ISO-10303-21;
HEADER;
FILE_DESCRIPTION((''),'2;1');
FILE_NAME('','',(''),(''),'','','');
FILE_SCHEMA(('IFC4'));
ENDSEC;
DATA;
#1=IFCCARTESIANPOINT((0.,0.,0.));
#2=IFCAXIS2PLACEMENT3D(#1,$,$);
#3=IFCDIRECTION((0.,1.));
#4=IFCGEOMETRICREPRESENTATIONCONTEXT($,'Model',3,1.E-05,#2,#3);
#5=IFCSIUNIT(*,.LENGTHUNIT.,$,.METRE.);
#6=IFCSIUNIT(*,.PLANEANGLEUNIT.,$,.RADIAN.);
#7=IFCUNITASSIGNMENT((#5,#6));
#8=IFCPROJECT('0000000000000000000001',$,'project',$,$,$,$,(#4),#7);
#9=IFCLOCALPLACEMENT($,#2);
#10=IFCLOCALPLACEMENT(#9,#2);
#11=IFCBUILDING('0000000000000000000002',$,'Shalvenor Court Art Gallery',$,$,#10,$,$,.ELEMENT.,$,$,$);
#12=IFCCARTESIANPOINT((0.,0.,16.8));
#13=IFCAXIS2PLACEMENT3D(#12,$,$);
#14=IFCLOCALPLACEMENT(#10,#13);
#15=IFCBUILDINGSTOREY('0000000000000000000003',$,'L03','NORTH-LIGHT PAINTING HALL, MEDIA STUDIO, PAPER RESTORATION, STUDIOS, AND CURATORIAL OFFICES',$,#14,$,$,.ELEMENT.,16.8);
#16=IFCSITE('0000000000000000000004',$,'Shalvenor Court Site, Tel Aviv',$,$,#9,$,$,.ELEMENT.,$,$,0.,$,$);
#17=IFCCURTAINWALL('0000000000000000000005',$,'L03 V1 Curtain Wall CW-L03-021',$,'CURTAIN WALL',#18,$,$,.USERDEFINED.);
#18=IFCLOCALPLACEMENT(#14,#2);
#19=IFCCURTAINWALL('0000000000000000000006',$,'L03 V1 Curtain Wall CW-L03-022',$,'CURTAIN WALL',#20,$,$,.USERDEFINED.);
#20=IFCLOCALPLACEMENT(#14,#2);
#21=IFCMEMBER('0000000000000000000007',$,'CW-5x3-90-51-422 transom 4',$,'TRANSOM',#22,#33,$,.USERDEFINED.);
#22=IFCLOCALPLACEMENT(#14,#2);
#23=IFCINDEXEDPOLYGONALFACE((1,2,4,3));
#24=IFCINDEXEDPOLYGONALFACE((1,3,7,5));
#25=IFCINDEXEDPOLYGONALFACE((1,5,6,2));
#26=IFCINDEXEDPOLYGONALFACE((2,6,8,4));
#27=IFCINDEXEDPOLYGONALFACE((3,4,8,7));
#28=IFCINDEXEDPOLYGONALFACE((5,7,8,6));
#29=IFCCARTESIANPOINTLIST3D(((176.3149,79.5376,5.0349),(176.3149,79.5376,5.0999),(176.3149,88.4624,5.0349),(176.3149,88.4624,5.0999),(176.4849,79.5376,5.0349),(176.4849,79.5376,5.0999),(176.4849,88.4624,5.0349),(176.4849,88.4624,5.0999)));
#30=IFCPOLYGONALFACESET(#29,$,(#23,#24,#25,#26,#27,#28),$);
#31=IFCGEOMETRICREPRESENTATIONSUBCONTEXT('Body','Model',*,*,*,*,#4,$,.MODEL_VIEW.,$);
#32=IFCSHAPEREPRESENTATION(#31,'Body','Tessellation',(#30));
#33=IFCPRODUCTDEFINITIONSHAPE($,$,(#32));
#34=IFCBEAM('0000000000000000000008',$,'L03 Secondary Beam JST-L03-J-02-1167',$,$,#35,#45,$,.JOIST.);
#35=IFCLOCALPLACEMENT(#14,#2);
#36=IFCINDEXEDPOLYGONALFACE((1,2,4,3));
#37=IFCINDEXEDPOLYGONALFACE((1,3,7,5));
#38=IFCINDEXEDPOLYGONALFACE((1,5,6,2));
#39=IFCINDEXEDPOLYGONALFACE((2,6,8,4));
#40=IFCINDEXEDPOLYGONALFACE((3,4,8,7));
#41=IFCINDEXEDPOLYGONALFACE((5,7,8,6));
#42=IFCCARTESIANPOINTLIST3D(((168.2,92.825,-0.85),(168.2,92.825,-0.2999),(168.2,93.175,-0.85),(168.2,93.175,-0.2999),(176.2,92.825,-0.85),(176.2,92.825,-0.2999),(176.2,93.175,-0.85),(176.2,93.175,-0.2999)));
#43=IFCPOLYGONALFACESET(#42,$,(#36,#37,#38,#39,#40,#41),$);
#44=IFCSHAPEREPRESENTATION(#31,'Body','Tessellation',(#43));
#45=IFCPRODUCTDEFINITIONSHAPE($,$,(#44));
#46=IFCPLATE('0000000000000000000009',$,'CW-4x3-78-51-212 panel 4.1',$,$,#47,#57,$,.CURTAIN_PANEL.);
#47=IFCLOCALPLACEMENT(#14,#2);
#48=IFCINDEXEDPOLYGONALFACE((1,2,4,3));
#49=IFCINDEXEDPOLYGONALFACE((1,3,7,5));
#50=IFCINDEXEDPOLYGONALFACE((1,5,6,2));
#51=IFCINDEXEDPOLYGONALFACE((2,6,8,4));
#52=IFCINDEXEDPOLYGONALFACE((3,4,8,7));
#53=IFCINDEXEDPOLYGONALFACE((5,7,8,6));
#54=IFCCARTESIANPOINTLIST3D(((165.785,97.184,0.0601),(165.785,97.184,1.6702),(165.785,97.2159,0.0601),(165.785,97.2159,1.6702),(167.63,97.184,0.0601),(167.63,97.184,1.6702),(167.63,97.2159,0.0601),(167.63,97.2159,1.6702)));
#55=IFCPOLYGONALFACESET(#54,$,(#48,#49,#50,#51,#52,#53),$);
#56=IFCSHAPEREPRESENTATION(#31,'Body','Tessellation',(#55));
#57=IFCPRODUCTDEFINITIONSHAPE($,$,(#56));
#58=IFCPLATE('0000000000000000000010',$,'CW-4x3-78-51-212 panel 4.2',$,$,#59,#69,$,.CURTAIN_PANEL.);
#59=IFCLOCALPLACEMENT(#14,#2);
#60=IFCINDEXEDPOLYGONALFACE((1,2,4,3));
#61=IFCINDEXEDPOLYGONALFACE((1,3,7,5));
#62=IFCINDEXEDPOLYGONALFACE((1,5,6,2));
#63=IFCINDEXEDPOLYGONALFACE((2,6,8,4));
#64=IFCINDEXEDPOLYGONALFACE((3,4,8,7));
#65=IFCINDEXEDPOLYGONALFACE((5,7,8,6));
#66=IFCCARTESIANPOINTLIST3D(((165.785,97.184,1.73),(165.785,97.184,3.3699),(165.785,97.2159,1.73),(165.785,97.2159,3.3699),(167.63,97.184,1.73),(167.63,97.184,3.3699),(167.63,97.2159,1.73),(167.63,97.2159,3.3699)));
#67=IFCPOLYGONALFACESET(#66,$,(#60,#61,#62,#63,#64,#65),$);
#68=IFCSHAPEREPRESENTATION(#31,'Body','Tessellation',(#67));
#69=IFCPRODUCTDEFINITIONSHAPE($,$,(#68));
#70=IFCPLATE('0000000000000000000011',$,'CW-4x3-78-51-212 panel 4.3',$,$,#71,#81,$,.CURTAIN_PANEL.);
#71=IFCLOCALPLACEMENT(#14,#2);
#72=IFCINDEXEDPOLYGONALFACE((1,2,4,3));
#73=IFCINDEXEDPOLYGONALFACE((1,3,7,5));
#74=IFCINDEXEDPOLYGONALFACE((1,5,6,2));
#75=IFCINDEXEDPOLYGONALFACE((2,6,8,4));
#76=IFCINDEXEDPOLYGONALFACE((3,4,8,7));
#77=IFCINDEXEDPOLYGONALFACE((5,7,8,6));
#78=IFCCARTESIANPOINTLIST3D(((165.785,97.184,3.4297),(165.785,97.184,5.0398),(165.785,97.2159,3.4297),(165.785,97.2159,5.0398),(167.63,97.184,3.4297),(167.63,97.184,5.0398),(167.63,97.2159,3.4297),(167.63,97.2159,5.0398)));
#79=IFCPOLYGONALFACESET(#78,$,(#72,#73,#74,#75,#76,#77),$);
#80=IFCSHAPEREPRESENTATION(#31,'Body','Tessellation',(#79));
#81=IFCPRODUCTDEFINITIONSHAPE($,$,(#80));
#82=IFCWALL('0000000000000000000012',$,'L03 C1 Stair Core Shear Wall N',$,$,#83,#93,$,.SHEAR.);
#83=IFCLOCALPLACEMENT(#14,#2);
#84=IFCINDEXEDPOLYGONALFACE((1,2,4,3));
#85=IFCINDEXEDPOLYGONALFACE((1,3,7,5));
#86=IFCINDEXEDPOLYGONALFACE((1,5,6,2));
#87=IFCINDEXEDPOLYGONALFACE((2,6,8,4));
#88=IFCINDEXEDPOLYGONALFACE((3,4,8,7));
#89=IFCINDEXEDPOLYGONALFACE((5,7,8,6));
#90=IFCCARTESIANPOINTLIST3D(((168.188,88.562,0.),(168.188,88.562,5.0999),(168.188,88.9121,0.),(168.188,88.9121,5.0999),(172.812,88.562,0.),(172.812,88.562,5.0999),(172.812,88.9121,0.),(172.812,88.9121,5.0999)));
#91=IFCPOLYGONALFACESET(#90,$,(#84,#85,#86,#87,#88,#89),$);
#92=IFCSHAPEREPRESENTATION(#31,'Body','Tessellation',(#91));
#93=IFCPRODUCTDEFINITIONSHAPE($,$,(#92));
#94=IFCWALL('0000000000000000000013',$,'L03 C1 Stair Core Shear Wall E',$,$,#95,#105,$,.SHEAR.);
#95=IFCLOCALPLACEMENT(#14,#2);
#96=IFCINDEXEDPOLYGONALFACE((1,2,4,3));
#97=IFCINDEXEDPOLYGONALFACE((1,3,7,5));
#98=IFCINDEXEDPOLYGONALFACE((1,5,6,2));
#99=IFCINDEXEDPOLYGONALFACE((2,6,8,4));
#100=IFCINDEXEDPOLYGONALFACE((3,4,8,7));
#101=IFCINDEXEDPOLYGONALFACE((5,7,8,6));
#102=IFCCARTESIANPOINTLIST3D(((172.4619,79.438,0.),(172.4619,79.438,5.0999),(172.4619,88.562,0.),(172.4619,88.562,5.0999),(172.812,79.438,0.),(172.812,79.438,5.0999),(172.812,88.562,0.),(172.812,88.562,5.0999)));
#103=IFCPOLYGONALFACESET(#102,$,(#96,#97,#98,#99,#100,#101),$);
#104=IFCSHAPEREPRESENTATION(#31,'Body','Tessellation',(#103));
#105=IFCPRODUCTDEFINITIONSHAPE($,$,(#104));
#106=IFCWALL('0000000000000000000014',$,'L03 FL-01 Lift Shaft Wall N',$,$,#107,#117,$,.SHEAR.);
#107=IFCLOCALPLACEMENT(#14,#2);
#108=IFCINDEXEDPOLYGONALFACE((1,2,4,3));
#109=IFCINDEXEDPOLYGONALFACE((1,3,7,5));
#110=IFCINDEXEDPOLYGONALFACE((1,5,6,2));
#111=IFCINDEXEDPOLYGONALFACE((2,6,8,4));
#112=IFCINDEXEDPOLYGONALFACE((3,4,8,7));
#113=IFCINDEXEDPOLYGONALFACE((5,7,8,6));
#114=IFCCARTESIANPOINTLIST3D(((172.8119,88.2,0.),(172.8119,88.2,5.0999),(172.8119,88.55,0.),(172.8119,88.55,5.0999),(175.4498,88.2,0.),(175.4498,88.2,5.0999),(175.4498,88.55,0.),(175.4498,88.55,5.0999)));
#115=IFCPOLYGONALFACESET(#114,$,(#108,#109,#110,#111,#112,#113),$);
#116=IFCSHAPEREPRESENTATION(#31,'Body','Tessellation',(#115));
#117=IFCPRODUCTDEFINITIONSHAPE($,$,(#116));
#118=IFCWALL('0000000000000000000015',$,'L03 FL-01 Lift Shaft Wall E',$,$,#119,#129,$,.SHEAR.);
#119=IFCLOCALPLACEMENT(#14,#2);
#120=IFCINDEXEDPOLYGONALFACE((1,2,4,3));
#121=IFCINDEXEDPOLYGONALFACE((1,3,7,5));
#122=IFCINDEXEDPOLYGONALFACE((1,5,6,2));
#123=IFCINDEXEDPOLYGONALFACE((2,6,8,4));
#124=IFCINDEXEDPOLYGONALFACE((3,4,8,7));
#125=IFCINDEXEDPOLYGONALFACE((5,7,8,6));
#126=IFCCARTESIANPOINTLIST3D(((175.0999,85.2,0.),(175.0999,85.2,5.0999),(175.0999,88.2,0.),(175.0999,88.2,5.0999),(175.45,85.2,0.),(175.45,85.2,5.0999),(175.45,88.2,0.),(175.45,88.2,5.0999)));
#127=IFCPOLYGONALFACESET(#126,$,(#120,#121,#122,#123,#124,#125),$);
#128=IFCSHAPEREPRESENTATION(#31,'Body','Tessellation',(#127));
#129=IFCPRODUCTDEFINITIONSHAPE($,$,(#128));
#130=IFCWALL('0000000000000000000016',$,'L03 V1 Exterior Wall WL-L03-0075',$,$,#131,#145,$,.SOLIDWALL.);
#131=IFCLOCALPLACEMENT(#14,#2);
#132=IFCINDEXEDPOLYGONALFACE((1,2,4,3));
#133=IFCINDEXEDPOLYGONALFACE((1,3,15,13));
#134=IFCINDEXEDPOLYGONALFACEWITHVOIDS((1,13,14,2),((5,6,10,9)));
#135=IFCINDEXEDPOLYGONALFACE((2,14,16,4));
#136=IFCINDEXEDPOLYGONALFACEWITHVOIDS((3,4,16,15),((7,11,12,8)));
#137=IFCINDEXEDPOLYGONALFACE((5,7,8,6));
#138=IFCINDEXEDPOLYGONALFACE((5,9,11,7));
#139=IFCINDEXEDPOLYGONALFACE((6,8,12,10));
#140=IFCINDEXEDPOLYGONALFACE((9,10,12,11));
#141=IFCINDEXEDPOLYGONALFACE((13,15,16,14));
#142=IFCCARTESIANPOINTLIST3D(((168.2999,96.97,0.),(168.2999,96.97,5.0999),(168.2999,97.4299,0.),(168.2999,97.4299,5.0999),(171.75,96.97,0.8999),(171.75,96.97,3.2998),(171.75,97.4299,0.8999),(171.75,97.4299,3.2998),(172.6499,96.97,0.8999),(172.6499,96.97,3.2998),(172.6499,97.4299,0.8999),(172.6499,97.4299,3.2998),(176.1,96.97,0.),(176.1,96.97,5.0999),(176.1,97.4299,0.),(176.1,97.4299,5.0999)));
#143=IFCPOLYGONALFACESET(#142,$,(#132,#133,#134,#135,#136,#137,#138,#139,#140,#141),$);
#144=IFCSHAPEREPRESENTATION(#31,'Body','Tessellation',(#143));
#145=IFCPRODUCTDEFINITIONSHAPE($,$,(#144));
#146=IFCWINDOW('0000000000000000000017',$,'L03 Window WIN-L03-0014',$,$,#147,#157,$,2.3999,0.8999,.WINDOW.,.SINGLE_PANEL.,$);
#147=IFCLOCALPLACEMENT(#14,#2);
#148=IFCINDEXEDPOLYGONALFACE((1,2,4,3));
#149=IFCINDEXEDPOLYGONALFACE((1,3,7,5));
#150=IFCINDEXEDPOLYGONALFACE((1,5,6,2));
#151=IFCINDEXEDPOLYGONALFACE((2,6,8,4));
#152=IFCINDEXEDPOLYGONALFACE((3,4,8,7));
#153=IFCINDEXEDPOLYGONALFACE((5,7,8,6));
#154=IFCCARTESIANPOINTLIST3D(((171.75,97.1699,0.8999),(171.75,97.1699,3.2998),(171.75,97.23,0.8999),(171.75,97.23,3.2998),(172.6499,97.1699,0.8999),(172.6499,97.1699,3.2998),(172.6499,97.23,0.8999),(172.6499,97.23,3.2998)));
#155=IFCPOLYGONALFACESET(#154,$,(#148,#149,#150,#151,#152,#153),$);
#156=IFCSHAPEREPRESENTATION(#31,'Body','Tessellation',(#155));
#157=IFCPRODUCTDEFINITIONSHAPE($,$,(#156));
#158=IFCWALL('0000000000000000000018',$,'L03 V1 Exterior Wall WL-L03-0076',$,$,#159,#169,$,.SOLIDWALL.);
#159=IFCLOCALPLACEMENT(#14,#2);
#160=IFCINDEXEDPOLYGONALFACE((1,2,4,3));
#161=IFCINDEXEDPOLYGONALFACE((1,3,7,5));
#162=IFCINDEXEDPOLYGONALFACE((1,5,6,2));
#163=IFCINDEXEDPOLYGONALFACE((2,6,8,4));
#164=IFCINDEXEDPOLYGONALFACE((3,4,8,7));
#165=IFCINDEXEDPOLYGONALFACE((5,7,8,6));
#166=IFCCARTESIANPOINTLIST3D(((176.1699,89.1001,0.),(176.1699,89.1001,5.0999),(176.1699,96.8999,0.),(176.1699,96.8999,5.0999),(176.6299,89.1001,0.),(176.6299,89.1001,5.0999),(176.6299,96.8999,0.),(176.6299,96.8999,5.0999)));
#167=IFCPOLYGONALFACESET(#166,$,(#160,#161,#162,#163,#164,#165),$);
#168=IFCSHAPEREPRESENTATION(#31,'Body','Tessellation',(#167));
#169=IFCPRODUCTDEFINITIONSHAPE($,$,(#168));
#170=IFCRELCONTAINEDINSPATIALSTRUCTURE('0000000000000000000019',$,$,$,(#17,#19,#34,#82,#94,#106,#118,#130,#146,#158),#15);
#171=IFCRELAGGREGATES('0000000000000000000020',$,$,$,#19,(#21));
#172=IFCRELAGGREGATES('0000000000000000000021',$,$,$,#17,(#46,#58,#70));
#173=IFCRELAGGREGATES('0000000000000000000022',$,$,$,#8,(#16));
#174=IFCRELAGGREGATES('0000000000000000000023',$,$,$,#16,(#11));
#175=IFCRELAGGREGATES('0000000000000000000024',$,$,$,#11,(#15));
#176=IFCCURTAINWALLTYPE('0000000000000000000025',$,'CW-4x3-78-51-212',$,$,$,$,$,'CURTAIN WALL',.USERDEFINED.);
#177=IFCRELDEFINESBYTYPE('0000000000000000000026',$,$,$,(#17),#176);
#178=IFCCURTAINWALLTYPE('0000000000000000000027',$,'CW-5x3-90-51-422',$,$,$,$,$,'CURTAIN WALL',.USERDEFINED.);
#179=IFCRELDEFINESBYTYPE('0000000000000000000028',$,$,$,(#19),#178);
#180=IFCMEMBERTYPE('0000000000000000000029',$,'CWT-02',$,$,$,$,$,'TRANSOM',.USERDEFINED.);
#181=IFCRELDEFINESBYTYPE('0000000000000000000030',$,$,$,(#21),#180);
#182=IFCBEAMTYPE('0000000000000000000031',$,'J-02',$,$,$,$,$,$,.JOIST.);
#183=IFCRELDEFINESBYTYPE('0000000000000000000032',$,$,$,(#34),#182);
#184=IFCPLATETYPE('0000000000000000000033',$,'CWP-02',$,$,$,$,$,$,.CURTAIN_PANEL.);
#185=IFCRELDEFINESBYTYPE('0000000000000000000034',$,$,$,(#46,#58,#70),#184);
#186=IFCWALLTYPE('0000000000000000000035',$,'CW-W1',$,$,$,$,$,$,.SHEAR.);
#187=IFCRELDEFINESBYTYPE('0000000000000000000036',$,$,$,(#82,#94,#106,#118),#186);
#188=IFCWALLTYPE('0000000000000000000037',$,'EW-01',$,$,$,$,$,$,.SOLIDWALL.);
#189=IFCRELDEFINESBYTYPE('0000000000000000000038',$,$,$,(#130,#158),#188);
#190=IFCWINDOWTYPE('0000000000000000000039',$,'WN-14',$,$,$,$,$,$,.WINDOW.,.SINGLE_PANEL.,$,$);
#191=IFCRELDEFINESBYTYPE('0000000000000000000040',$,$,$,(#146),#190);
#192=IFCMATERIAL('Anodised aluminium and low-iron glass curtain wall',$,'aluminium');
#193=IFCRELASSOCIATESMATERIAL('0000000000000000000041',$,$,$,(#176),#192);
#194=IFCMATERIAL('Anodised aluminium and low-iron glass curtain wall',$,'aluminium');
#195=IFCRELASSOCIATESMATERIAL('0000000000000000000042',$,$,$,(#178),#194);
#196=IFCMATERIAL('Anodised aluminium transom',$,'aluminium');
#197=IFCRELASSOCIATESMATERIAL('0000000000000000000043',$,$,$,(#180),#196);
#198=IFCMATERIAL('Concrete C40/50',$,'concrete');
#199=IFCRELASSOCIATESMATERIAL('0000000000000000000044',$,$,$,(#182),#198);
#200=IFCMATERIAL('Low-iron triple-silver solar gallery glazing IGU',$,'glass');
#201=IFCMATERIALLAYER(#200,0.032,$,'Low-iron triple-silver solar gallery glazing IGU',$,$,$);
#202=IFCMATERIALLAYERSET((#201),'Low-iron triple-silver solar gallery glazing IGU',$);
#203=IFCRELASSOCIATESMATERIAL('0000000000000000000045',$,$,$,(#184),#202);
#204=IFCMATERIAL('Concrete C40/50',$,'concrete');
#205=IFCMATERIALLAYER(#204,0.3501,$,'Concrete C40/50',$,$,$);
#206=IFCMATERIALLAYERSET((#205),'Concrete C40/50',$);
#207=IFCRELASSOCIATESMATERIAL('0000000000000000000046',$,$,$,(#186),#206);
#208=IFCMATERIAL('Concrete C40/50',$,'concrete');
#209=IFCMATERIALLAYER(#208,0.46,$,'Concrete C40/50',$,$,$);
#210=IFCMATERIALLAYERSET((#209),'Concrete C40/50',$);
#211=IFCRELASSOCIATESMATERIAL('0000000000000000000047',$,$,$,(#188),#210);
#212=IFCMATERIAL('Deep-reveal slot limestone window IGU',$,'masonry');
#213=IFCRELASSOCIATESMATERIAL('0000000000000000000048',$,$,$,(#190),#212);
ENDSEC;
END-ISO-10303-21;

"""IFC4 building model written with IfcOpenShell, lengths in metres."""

from ifc_helpers import new_model, si_unit, direction, frame, frame_2d, origin, origin_2d, place, context, subcontext, project, spatial, rectangle, extrude, material, layer, layer_set, material_profile, profile_set, type_object, element, fill, aggregate, save


model = new_model("IFC4")

# Units and contexts
model_context = context("Model", 3, precision=1e-05, world=origin(), true_north=direction((0.0, 1.0)))
body_context = subcontext(model_context, "Body", "Model", "MODEL_VIEW")
ifc_project = project(units=[si_unit("LENGTHUNIT", "METRE"), si_unit("PLANEANGLEUNIT", "RADIAN")], contexts=[model_context])

# Site, building, storey
site_placement = place(None, origin())
site = spatial("IfcSite", under=ifc_project, at=site_placement, Name="Shalvenor Court Site, Tel Aviv", CompositionType="ELEMENT", RefElevation=0.0)
building_placement = place(site_placement, origin())
building = spatial("IfcBuilding", under=site, at=building_placement, Name="Shalvenor Court Art Gallery", CompositionType="ELEMENT")
storey_placement = place(building_placement, frame((0.0, 0.0, 16.8)))
storey = spatial("IfcBuildingStorey", under=building, at=storey_placement, Name="L03", Description="NORTH-LIGHT PAINTING HALL, MEDIA STUDIO, PAPER RESTORATION, STUDIOS, AND CURATORIAL OFFICES", CompositionType="ELEMENT", Elevation=16.8)

# Curtain walls, member
ifc_material_1 = material(Name="Anodised aluminium and low-iron glass curtain wall", Category="aluminium")
curtain_wall_type_1 = type_object("IfcCurtainWallType", Name="CW-4x3-78-51-212", ElementType="CURTAIN WALL", PredefinedType="USERDEFINED", material=ifc_material_1)
curtain_wall_1_placement = place(storey_placement, origin())
curtain_wall_1 = element("IfcCurtainWall", 1, at=curtain_wall_1_placement, inside=storey, type_object=curtain_wall_type_1, Name="L03 V1 Curtain Wall CW-L03-021", ObjectType="CURTAIN WALL", PredefinedType="USERDEFINED")
ifc_material_2 = material(Name="Anodised aluminium and low-iron glass curtain wall", Category="aluminium")
curtain_wall_type_2 = type_object("IfcCurtainWallType", Name="CW-5x3-90-51-422", ElementType="CURTAIN WALL", PredefinedType="USERDEFINED", material=ifc_material_2)
curtain_wall_2_placement = place(storey_placement, origin())
curtain_wall_2 = element("IfcCurtainWall", 2, at=curtain_wall_2_placement, inside=storey, type_object=curtain_wall_type_2, Name="L03 V1 Curtain Wall CW-L03-022", ObjectType="CURTAIN WALL", PredefinedType="USERDEFINED")
ifc_material_3 = material(Name="Anodised aluminium transom", Category="aluminium")
ifc_material_profile_1 = material_profile(ifc_material_3, rectangle(XDim=0.1699, YDim=0.0649, at=origin_2d()), Name="CWT-02")
ifc_profile_set_1 = profile_set([ifc_material_profile_1], Name="Anodised aluminium transom")
member_type_1 = type_object("IfcMemberType", Name="CWT-02", ElementType="TRANSOM", PredefinedType="USERDEFINED", material=ifc_profile_set_1)
member_1_placement = place(storey_placement, frame((176.3999, 88.4624, 5.0674), z_axis=(0.0, -1.0, 0.0), x_axis=(1.0, 0.0, 0.0)))
member_1 = element("IfcMember", 3, at=member_1_placement, type_object=member_type_1, Name="CW-5x3-90-51-422 transom 4", ObjectType="TRANSOM", PredefinedType="USERDEFINED", context=body_context, shape_type="SweptSolid", body=[
    extrude(rectangle(XDim=0.1699, YDim=0.0649, at=origin_2d()), origin(), (0.0, 0.0, 1.0), 8.9248),
])
aggregate(curtain_wall_2, [member_1])

# Beam
ifc_material_4 = material(Name="Concrete C40/50", Category="concrete")
ifc_material_profile_2 = material_profile(ifc_material_4, rectangle(XDim=0.3501, YDim=0.55, at=origin_2d()), Name="RC 350x550")
ifc_profile_set_2 = profile_set([ifc_material_profile_2], Name="Concrete C40/50")
beam_type_1 = type_object("IfcBeamType", Name="J-02", PredefinedType="JOIST", material=ifc_profile_set_2)
beam_placement = place(storey_placement, frame((168.2, 93.0, -0.575), z_axis=(1.0, 0.0, 0.0), x_axis=(0.0, 1.0, 0.0)))
element("IfcBeam", 4, at=beam_placement, inside=storey, type_object=beam_type_1, Name="L03 Secondary Beam JST-L03-J-02-1167", PredefinedType="JOIST", context=body_context, shape_type="SweptSolid", body=[
    extrude(rectangle(XDim=0.3501, YDim=0.55, at=origin_2d()), origin(), (0.0, 0.0, 1.0), 8.0),
])

# Plates
ifc_material_5 = material(Name="Low-iron triple-silver solar gallery glazing IGU", Category="glass")
ifc_layer_1 = layer(ifc_material_5, 0.032, Name="Low-iron triple-silver solar gallery glazing IGU")
ifc_layer_set_1 = layer_set([ifc_layer_1], Name="Low-iron triple-silver solar gallery glazing IGU")
plate_type = type_object("IfcPlateType", Name="CWP-02", PredefinedType="CURTAIN_PANEL", material=ifc_layer_set_1)
plate_1_placement = place(storey_placement, frame((166.7075, 97.2, 0.0601), z_axis=(0.0, 0.0, 1.0), x_axis=(1.0, 0.0, 0.0)))
plate_1 = element("IfcPlate", 5, at=plate_1_placement, type_object=plate_type, Name="CW-4x3-78-51-212 panel 4.1", PredefinedType="CURTAIN_PANEL", context=body_context, shape_type="SweptSolid", body=[
    extrude(rectangle(XDim=1.845, YDim=0.032, at=origin_2d()), origin(), (0.0, 0.0, 1.0), 1.6101),
])
plate_2_placement = place(storey_placement, frame((166.7075, 97.2, 1.73), z_axis=(0.0, 0.0, 1.0), x_axis=(1.0, 0.0, 0.0)))
plate_2 = element("IfcPlate", 6, at=plate_2_placement, type_object=plate_type, Name="CW-4x3-78-51-212 panel 4.2", PredefinedType="CURTAIN_PANEL", context=body_context, shape_type="SweptSolid", body=[
    extrude(rectangle(XDim=1.845, YDim=0.032, at=origin_2d()), origin(), (0.0, 0.0, 1.0), 1.6399),
])
plate_3_placement = place(storey_placement, frame((166.7075, 97.2, 3.4297), z_axis=(0.0, 0.0, 1.0), x_axis=(1.0, 0.0, 0.0)))
plate_3 = element("IfcPlate", 7, at=plate_3_placement, type_object=plate_type, Name="CW-4x3-78-51-212 panel 4.3", PredefinedType="CURTAIN_PANEL", context=body_context, shape_type="SweptSolid", body=[
    extrude(rectangle(XDim=1.845, YDim=0.032, at=origin_2d()), origin(), (0.0, 0.0, 1.0), 1.6101),
])
aggregate(curtain_wall_1, [plate_1, plate_2, plate_3])

# Walls
ifc_material_6 = material(Name="Concrete C40/50", Category="concrete")
ifc_layer_2 = layer(ifc_material_6, 0.3501, Name="Concrete C40/50")
ifc_layer_set_2 = layer_set([ifc_layer_2], Name="Concrete C40/50")
wall_type_1 = type_object("IfcWallType", Name="CW-W1", PredefinedType="SHEAR", material=ifc_layer_set_2)
wall_1_placement = place(storey_placement, frame((168.188, 88.7371, 0.0), z_axis=(0.0, 0.0, 1.0), x_axis=(1.0, 0.0, 0.0)))
element("IfcWall", 8, at=wall_1_placement, inside=storey, type_object=wall_type_1, Name="L03 C1 Stair Core Shear Wall N", PredefinedType="SHEAR", context=body_context, shape_type="SweptSolid", body=[
    extrude(rectangle(XDim=4.624, YDim=0.3501, at=frame_2d((2.312, 0.0))), origin(), (0.0, 0.0, 1.0), 5.0999),
])
wall_2_placement = place(storey_placement, frame((172.637, 88.562, 0.0), z_axis=(0.0, 0.0, 1.0), x_axis=(0.0, -1.0, 0.0)))
element("IfcWall", 9, at=wall_2_placement, inside=storey, type_object=wall_type_1, Name="L03 C1 Stair Core Shear Wall E", PredefinedType="SHEAR", context=body_context, shape_type="SweptSolid", body=[
    extrude(rectangle(XDim=9.124, YDim=0.3501, at=frame_2d((4.562, 0.0))), origin(), (0.0, 0.0, 1.0), 5.0999),
])
wall_3_placement = place(storey_placement, frame((172.812, 88.375, 0.0), z_axis=(0.0, 0.0, 1.0), x_axis=(1.0, 0.0, 0.0)))
element("IfcWall", 10, at=wall_3_placement, inside=storey, type_object=wall_type_1, Name="L03 FL-01 Lift Shaft Wall N", PredefinedType="SHEAR", context=body_context, shape_type="SweptSolid", body=[
    extrude(rectangle(XDim=2.6379, YDim=0.3501, at=frame_2d((1.3188, 0.0))), origin(), (0.0, 0.0, 1.0), 5.0999),
])
wall_4_placement = place(storey_placement, frame((175.2749, 88.2, 0.0), z_axis=(0.0, 0.0, 1.0), x_axis=(0.0, -1.0, 0.0)))
element("IfcWall", 11, at=wall_4_placement, inside=storey, type_object=wall_type_1, Name="L03 FL-01 Lift Shaft Wall E", PredefinedType="SHEAR", context=body_context, shape_type="SweptSolid", body=[
    extrude(rectangle(XDim=3.0, YDim=0.3501, at=frame_2d((1.5, 0.0))), origin(), (0.0, 0.0, 1.0), 5.0999),
])

# Wall, opening, window
ifc_material_7 = material(Name="Concrete C40/50", Category="concrete")
ifc_layer_3 = layer(ifc_material_7, 0.46, Name="Concrete C40/50")
ifc_layer_set_3 = layer_set([ifc_layer_3], Name="Concrete C40/50")
wall_type_2 = type_object("IfcWallType", Name="EW-01", PredefinedType="SOLIDWALL", material=ifc_layer_set_3)
wall_5_placement = place(storey_placement, frame((168.3, 97.2, 0.0), z_axis=(0.0, 0.0, 1.0), x_axis=(1.0, 0.0, 0.0)))
wall_5 = element("IfcWall", 12, at=wall_5_placement, inside=storey, type_object=wall_type_2, Name="L03 V1 Exterior Wall WL-L03-0075", PredefinedType="SOLIDWALL", context=body_context, shape_type="SweptSolid", body=[
    extrude(rectangle(XDim=7.8, YDim=0.46, at=frame_2d((3.8999, 0.0))), origin(), (0.0, 0.0, 1.0), 5.0999),
])
opening_1_placement = place(wall_5_placement, frame((3.45, 0.0, 0.8999)))
opening_1 = element("IfcOpeningElement", 13, at=opening_1_placement, cuts=wall_5, PredefinedType="OPENING", context=body_context, shape_type="SweptSolid", body=[
    extrude(rectangle(XDim=0.8999, YDim=2.3999, at=frame_2d((0.45, 1.2))), frame((0.0, 0.24, 0.0), z_axis=(0.0, -1.0, 0.0), x_axis=(1.0, 0.0, 0.0)), (0.0, 0.0, 1.0), 0.48),
])
ifc_material_8 = material(Name="Deep-reveal slot limestone window IGU", Category="masonry")
window_type = type_object("IfcWindowType", Name="WN-14", PartitioningType="SINGLE_PANEL", PredefinedType="WINDOW", material=ifc_material_8)
window_placement = place(opening_1_placement, origin())
window = element("IfcWindow", 14, at=window_placement, inside=storey, type_object=window_type, Name="L03 Window WIN-L03-0014", OverallHeight=2.3999, OverallWidth=0.8999, PartitioningType="SINGLE_PANEL", PredefinedType="WINDOW", context=body_context, shape_type="SweptSolid", body=[
    extrude(rectangle(XDim=0.8999, YDim=2.3999, at=frame_2d((0.45, 1.2))), frame((0.0, 0.03, 0.0), z_axis=(0.0, -1.0, 0.0), x_axis=(1.0, 0.0, 0.0)), (0.0, 0.0, 1.0), 0.0601),
])
fill(opening_1, window)

# Wall
wall_6_placement = place(storey_placement, frame((176.3999, 96.8999, 0.0), z_axis=(0.0, 0.0, 1.0), x_axis=(0.0, -1.0, 0.0)))
element("IfcWall", 15, at=wall_6_placement, inside=storey, type_object=wall_type_2, Name="L03 V1 Exterior Wall WL-L03-0076", PredefinedType="SOLIDWALL", context=body_context, shape_type="SweptSolid", body=[
    extrude(rectangle(XDim=7.7998, YDim=0.46, at=frame_2d((3.8999, 0.0))), origin(), (0.0, 0.0, 1.0), 5.0999),
])

save(model, "model.ifc")
